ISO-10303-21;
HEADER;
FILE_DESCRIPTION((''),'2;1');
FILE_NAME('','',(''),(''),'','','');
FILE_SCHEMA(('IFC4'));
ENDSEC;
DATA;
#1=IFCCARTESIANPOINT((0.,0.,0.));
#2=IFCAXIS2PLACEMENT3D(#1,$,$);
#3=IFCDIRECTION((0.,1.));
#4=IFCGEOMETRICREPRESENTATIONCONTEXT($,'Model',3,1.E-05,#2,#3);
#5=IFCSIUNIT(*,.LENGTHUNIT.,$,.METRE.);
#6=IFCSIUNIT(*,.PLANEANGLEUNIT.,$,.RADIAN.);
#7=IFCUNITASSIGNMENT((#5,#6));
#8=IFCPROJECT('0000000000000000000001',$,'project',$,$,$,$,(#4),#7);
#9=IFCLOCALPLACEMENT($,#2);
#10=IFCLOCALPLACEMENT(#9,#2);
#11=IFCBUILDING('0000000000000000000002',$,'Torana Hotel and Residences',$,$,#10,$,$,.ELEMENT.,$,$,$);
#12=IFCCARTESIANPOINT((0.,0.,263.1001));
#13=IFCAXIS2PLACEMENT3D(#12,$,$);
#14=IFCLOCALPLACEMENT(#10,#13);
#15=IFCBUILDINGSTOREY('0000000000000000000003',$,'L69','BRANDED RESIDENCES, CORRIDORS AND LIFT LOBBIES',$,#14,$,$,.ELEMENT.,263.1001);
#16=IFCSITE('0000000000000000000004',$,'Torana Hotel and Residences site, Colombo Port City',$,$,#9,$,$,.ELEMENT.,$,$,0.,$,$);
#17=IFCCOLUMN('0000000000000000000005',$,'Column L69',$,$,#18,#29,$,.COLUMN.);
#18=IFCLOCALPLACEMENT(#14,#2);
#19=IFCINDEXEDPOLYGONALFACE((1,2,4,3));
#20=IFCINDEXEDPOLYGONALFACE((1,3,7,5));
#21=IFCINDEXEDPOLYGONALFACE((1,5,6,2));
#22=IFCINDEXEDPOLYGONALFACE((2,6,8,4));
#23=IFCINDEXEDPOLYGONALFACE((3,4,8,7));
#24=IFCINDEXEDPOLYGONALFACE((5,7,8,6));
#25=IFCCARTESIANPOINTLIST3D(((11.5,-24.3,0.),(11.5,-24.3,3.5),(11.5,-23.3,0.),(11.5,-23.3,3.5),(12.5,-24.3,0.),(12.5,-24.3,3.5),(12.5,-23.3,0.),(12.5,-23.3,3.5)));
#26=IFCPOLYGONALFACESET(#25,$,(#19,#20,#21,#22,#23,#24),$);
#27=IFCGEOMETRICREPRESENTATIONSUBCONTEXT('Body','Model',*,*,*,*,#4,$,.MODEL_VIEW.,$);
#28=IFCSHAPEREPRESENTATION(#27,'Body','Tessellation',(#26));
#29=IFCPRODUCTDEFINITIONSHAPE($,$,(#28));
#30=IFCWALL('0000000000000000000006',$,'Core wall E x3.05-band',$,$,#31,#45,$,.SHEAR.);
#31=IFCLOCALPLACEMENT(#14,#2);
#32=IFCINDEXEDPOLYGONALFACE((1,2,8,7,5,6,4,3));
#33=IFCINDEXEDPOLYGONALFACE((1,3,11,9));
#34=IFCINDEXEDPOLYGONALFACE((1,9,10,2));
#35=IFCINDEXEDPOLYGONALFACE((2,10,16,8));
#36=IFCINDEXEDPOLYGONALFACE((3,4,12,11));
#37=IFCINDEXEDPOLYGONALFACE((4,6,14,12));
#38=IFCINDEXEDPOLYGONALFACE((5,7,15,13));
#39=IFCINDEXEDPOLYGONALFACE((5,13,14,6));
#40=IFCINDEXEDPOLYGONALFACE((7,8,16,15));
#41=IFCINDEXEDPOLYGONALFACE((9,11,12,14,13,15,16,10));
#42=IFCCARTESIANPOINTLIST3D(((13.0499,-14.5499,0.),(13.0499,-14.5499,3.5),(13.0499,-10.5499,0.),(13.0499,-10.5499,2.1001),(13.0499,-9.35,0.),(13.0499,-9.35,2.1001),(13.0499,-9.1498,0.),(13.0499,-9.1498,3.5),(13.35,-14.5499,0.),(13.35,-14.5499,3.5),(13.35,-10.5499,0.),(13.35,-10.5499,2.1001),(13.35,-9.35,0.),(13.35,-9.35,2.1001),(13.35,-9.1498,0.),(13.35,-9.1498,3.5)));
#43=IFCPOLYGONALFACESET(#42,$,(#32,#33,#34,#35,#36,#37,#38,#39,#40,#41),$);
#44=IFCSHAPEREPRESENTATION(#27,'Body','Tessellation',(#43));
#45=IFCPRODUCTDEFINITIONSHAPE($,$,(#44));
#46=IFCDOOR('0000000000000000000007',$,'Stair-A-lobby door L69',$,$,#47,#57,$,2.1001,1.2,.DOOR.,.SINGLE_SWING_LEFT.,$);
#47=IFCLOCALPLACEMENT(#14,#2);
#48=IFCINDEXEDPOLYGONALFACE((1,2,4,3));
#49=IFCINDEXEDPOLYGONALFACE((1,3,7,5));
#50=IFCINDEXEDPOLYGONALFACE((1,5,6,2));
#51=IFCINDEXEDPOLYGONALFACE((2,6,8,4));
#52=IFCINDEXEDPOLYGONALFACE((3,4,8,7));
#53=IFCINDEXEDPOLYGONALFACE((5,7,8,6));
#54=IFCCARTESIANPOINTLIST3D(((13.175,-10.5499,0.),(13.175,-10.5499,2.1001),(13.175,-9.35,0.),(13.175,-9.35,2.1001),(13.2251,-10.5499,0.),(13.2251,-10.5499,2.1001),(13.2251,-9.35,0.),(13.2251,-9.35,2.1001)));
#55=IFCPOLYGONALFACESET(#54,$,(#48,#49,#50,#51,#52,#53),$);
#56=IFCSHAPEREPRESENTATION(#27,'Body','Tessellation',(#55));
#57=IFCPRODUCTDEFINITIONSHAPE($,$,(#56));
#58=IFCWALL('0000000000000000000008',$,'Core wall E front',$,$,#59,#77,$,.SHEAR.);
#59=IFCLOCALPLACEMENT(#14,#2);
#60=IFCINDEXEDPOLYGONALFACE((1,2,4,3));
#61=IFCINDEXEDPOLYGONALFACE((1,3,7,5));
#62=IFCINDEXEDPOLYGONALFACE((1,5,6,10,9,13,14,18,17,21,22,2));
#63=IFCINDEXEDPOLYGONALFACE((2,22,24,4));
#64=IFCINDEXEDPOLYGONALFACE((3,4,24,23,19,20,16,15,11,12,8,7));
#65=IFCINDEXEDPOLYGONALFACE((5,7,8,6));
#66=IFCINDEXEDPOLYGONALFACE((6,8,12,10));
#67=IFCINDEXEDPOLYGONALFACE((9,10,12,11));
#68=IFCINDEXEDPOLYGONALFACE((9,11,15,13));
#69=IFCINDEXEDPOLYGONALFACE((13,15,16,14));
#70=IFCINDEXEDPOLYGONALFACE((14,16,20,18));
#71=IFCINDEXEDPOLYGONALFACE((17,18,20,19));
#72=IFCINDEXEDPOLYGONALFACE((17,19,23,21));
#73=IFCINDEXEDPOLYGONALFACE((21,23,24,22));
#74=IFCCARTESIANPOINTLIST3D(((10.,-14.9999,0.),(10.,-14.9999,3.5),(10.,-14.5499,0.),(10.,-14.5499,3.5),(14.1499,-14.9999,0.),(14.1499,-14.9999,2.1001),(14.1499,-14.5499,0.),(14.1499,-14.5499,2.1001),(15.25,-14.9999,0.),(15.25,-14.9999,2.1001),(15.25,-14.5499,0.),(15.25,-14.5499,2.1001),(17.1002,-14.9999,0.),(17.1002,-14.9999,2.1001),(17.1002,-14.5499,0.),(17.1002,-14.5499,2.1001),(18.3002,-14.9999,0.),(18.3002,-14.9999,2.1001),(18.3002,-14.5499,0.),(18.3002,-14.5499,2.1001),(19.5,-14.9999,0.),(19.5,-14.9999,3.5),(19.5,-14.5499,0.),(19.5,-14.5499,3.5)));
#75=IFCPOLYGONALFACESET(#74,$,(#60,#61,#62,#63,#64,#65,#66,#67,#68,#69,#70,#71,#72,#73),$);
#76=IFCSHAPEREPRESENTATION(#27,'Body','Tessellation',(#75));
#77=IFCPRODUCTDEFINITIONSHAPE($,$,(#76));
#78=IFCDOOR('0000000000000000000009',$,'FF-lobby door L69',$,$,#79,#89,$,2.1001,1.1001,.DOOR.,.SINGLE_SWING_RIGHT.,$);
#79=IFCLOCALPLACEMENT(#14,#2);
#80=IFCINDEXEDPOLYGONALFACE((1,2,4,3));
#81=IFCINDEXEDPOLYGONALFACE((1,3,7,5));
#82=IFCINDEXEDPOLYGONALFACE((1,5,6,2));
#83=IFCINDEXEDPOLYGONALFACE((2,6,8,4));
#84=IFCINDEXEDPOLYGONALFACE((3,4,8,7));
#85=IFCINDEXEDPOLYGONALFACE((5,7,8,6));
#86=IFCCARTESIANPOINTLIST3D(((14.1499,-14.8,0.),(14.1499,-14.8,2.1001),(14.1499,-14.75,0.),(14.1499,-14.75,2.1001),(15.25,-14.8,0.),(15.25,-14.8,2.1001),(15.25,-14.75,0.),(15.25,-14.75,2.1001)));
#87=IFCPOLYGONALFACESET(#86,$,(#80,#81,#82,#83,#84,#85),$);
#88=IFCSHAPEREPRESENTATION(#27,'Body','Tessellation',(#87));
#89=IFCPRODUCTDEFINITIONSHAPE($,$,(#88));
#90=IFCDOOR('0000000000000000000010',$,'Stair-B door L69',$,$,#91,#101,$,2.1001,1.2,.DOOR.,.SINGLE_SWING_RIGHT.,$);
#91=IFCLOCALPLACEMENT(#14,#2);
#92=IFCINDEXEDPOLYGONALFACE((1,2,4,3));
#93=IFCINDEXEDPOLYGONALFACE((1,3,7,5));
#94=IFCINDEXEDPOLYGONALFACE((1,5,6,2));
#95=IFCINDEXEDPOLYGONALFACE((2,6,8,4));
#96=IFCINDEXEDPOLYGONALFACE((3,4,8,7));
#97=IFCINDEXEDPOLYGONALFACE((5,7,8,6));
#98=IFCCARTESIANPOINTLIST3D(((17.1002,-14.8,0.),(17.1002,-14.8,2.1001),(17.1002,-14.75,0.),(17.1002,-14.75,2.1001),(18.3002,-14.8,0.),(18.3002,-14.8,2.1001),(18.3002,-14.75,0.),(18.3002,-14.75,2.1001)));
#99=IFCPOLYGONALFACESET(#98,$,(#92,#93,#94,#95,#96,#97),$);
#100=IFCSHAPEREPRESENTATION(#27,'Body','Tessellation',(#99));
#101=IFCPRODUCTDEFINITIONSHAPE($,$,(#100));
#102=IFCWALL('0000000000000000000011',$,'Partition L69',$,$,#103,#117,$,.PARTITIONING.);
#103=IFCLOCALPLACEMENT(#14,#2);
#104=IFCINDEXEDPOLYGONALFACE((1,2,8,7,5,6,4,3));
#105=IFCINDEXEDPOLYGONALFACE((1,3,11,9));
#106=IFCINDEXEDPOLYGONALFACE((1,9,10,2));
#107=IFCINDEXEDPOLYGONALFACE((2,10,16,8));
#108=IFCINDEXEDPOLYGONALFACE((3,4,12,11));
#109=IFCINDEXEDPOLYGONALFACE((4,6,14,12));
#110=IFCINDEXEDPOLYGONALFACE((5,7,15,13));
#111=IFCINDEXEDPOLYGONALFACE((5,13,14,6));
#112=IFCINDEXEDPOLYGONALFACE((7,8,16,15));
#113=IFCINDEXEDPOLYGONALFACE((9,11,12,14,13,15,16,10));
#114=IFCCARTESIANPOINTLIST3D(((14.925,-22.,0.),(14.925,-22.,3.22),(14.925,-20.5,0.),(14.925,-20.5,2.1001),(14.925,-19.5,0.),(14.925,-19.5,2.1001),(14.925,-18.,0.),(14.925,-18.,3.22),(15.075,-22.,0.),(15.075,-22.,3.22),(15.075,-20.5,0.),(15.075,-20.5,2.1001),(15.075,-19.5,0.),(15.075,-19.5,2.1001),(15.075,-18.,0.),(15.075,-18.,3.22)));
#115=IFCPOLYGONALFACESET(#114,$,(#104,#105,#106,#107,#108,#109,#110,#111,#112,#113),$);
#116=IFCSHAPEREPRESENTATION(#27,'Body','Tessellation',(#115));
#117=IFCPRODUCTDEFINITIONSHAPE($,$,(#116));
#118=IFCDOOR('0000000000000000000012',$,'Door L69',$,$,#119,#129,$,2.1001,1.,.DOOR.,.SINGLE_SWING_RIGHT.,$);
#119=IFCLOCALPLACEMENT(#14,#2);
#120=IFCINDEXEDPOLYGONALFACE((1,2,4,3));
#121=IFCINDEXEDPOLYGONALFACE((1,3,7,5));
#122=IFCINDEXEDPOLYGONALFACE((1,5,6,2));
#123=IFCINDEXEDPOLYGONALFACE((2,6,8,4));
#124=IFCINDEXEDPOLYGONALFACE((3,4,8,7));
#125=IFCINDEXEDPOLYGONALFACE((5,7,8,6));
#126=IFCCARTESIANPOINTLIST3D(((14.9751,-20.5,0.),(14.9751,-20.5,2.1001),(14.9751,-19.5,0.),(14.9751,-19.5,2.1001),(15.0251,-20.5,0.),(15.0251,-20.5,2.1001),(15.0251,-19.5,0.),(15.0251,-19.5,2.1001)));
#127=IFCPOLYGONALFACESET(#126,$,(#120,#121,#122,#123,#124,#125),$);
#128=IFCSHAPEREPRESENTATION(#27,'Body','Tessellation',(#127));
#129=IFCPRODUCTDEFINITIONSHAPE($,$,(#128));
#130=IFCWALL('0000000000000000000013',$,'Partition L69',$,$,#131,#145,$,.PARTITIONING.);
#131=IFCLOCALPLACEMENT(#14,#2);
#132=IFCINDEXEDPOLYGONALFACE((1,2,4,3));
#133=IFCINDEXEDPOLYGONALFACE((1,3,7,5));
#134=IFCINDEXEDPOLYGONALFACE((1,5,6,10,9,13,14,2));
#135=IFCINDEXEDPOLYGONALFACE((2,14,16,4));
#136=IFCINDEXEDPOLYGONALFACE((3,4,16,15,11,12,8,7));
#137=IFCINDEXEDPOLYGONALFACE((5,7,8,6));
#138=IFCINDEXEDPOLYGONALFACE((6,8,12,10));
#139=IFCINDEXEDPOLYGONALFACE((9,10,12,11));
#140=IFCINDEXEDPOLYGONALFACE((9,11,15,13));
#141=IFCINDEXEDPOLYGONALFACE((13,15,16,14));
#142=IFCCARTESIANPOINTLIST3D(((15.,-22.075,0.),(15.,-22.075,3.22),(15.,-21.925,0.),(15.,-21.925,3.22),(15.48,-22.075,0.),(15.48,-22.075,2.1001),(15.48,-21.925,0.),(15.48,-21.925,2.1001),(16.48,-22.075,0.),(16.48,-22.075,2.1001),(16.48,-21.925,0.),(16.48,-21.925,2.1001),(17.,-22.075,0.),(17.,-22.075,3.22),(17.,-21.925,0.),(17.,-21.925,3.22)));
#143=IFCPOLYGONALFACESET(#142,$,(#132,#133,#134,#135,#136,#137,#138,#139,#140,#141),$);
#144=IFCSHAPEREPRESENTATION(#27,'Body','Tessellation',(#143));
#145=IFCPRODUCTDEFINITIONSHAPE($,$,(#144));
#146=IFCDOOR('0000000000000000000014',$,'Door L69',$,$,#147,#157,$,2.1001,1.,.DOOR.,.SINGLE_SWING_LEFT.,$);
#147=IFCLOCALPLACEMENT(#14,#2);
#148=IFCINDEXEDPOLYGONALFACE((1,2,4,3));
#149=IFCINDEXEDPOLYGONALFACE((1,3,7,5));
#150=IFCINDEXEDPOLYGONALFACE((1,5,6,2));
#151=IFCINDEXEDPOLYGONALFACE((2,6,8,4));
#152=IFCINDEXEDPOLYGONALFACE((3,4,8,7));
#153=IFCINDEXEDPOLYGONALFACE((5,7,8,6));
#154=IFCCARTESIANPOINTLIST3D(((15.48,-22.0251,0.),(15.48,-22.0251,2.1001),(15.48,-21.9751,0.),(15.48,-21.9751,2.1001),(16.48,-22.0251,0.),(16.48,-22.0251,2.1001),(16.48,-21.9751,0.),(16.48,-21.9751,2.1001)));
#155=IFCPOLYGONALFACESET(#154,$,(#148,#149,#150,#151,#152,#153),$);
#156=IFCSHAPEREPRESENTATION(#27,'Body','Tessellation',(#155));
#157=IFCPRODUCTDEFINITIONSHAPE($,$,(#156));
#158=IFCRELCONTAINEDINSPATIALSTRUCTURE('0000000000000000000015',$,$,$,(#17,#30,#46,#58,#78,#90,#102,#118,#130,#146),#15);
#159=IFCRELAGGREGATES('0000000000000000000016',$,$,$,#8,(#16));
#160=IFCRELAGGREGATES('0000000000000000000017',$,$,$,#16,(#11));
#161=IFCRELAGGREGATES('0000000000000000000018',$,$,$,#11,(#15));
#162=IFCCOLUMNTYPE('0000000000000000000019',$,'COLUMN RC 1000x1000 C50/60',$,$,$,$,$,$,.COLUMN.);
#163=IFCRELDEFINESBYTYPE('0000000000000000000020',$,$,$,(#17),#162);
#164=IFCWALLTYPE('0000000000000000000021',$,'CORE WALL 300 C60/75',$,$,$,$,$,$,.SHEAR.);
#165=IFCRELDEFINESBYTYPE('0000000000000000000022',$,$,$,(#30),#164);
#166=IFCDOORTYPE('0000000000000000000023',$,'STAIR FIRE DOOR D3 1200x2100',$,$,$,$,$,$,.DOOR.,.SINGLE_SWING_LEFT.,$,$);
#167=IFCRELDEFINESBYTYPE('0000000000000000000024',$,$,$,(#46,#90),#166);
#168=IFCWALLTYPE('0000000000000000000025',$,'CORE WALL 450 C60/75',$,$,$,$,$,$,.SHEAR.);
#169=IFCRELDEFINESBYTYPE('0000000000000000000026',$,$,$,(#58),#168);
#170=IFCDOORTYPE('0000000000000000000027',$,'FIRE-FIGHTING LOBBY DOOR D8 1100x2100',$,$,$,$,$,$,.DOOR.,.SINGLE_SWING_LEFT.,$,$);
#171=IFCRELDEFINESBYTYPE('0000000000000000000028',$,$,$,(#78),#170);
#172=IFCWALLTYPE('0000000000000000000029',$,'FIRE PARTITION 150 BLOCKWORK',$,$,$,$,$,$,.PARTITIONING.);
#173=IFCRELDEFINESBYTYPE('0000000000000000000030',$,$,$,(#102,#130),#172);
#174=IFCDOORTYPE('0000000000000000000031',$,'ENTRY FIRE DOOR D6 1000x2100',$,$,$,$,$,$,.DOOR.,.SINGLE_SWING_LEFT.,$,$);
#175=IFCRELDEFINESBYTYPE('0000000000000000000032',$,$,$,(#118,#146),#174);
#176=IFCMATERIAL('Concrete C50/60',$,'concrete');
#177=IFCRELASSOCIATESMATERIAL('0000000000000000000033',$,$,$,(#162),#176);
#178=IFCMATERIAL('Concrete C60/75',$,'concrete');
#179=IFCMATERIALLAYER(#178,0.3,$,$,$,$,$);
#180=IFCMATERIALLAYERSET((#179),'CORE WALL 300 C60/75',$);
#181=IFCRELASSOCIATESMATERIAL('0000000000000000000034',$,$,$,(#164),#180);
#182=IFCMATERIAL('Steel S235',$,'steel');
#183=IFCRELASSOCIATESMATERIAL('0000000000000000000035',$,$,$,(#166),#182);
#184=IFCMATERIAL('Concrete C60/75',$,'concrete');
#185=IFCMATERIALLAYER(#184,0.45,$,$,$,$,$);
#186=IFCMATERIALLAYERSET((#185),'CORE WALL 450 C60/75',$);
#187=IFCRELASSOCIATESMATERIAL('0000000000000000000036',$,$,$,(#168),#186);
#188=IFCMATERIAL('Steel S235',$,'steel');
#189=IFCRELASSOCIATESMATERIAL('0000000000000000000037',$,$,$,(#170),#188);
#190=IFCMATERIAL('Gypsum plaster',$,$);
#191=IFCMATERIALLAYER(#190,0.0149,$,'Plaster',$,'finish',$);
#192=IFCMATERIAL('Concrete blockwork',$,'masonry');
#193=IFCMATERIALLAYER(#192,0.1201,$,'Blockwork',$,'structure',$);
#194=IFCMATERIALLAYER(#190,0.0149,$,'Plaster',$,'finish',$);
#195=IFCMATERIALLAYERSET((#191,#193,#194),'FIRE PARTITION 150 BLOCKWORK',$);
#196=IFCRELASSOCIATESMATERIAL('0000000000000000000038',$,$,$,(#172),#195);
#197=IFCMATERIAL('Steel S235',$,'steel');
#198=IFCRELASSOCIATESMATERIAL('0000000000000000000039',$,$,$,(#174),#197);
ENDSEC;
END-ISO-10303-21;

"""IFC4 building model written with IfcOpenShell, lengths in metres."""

from ifc_helpers import new_model, si_unit, direction, frame, frame_2d, origin, origin_2d, place, context, subcontext, project, spatial, rectangle, extrude, material, layer, layer_set, material_profile, profile_set, type_object, element, fill, save


model = new_model("IFC4")

# Units and contexts
model_context = context("Model", 3, precision=1e-05, world=origin(), true_north=direction((0.0, 1.0)))
body_context = subcontext(model_context, "Body", "Model", "MODEL_VIEW")
ifc_project = project(units=[si_unit("LENGTHUNIT", "METRE"), si_unit("PLANEANGLEUNIT", "RADIAN")], contexts=[model_context])

# Site, building, storey
site_placement = place(None, origin())
site = spatial("IfcSite", under=ifc_project, at=site_placement, Name="Torana Hotel and Residences site, Colombo Port City", CompositionType="ELEMENT", RefElevation=0.0)
building_placement = place(site_placement, origin())
building = spatial("IfcBuilding", under=site, at=building_placement, Name="Torana Hotel and Residences", CompositionType="ELEMENT")
storey_placement = place(building_placement, frame((0.0, 0.0, 263.1001)))
storey = spatial("IfcBuildingStorey", under=building, at=storey_placement, Name="L69", Description="BRANDED RESIDENCES, CORRIDORS AND LIFT LOBBIES", CompositionType="ELEMENT", Elevation=263.1001)

# Column
ifc_material_1 = material(Name="Concrete C50/60", Category="concrete")
ifc_material_profile = material_profile(ifc_material_1, rectangle(XDim=1.0, YDim=1.0, at=origin_2d()), Name="RC 1000x1000")
ifc_profile_set = profile_set([ifc_material_profile], Name="Concrete C50/60")
column_type = type_object("IfcColumnType", Name="COLUMN RC 1000x1000 C50/60", PredefinedType="COLUMN", material=ifc_profile_set)
column_placement = place(storey_placement, frame((12.0, -23.8, 0.0), z_axis=(0.0, 0.0, 1.0), x_axis=(1.0, 0.0, 0.0)))
element("IfcColumn", 1, at=column_placement, inside=storey, type_object=column_type, Name="Column L69", PredefinedType="COLUMN", context=body_context, shape_type="SweptSolid", body=[
    extrude(rectangle(XDim=1.0, YDim=1.0, at=origin_2d()), origin(), (0.0, 0.0, 1.0), 3.5),
])

# Wall, opening, door
ifc_material_2 = material(Name="Concrete C60/75", Category="concrete")
ifc_layer_1 = layer(ifc_material_2, 0.3)
ifc_layer_set_1 = layer_set([ifc_layer_1], Name="CORE WALL 300 C60/75")
wall_type_1 = type_object("IfcWallType", Name="CORE WALL 300 C60/75", PredefinedType="SHEAR", material=ifc_layer_set_1)
wall_1_placement = place(storey_placement, frame((13.2, -14.55, 0.0), z_axis=(0.0, 0.0, 1.0), x_axis=(0.0, 1.0, 0.0)))
wall_1 = element("IfcWall", 2, at=wall_1_placement, inside=storey, type_object=wall_type_1, Name="Core wall E x3.05-band", PredefinedType="SHEAR", context=body_context, shape_type="SweptSolid", body=[
    extrude(rectangle(XDim=5.4001, YDim=0.3, at=frame_2d((2.7002, 0.0))), origin(), (0.0, 0.0, 1.0), 3.5),
])
opening_1_placement = place(wall_1_placement, frame((4.0, 0.0, 0.0)))
opening_1 = element("IfcOpeningElement", 3, at=opening_1_placement, cuts=wall_1, PredefinedType="OPENING", context=body_context, shape_type="SweptSolid", body=[
    extrude(rectangle(XDim=1.2, YDim=2.1001, at=frame_2d((0.6001, 1.05))), frame((0.0, 0.1599, 0.0), z_axis=(0.0, -1.0, 0.0), x_axis=(1.0, 0.0, 0.0)), (0.0, 0.0, 1.0), 0.3201),
])
ifc_material_3 = material(Name="Steel S235", Category="steel")
door_type_1 = type_object("IfcDoorType", Name="STAIR FIRE DOOR D3 1200x2100", OperationType="SINGLE_SWING_LEFT", PredefinedType="DOOR", material=ifc_material_3)
door_1_placement = place(opening_1_placement, origin())
door_1 = element("IfcDoor", 4, at=door_1_placement, inside=storey, type_object=door_type_1, Name="Stair-A-lobby door L69", OperationType="SINGLE_SWING_LEFT", OverallHeight=2.1001, OverallWidth=1.2, PredefinedType="DOOR", context=body_context, shape_type="SweptSolid", body=[
    extrude(rectangle(XDim=1.2, YDim=2.1001, at=frame_2d((0.6001, 1.05))), frame((0.0, 0.0249, 0.0), z_axis=(0.0, -1.0, 0.0), x_axis=(1.0, 0.0, 0.0)), (0.0, 0.0, 1.0), 0.05),
])
fill(opening_1, door_1)

# Wall, openings, doors
ifc_material_4 = material(Name="Concrete C60/75", Category="concrete")
ifc_layer_2 = layer(ifc_material_4, 0.45)
ifc_layer_set_2 = layer_set([ifc_layer_2], Name="CORE WALL 450 C60/75")
wall_type_2 = type_object("IfcWallType", Name="CORE WALL 450 C60/75", PredefinedType="SHEAR", material=ifc_layer_set_2)
wall_2_placement = place(storey_placement, frame((10.0, -14.7749, 0.0), z_axis=(0.0, 0.0, 1.0), x_axis=(1.0, 0.0, 0.0)))
wall_2 = element("IfcWall", 5, at=wall_2_placement, inside=storey, type_object=wall_type_2, Name="Core wall E front", PredefinedType="SHEAR", context=body_context, shape_type="SweptSolid", body=[
    extrude(rectangle(XDim=9.5, YDim=0.45, at=frame_2d((4.75, 0.0))), origin(), (0.0, 0.0, 1.0), 3.5),
])
opening_2_placement = place(wall_2_placement, frame((7.1001, 0.0, 0.0)))
opening_2 = element("IfcOpeningElement", 6, at=opening_2_placement, cuts=wall_2, PredefinedType="OPENING", context=body_context, shape_type="SweptSolid", body=[
    extrude(rectangle(XDim=1.2, YDim=2.1001, at=frame_2d((0.6001, 1.05))), frame((0.0, 0.2349, 0.0), z_axis=(0.0, -1.0, 0.0), x_axis=(1.0, 0.0, 0.0)), (0.0, 0.0, 1.0), 0.47),
])
opening_3_placement = place(wall_2_placement, frame((4.1499, 0.0, 0.0)))
opening_3 = element("IfcOpeningElement", 7, at=opening_3_placement, cuts=wall_2, PredefinedType="OPENING", context=body_context, shape_type="SweptSolid", body=[
    extrude(rectangle(XDim=1.1001, YDim=2.1001, at=frame_2d((0.55, 1.05))), frame((0.0, 0.2349, 0.0), z_axis=(0.0, -1.0, 0.0), x_axis=(1.0, 0.0, 0.0)), (0.0, 0.0, 1.0), 0.47),
])
ifc_material_5 = material(Name="Steel S235", Category="steel")
door_type_2 = type_object("IfcDoorType", Name="FIRE-FIGHTING LOBBY DOOR D8 1100x2100", OperationType="SINGLE_SWING_LEFT", PredefinedType="DOOR", material=ifc_material_5)
door_2_placement = place(opening_3_placement, origin())
door_2 = element("IfcDoor", 8, at=door_2_placement, inside=storey, type_object=door_type_2, Name="FF-lobby door L69", OperationType="SINGLE_SWING_RIGHT", OverallHeight=2.1001, OverallWidth=1.1001, PredefinedType="DOOR", context=body_context, shape_type="SweptSolid", body=[
    extrude(rectangle(XDim=1.1001, YDim=2.1001, at=frame_2d((0.55, 1.05))), frame((0.0, 0.0249, 0.0), z_axis=(0.0, -1.0, 0.0), x_axis=(1.0, 0.0, 0.0)), (0.0, 0.0, 1.0), 0.05),
])
fill(opening_3, door_2)
door_3_placement = place(opening_2_placement, origin())
door_3 = element("IfcDoor", 9, at=door_3_placement, inside=storey, type_object=door_type_1, Name="Stair-B door L69", OperationType="SINGLE_SWING_RIGHT", OverallHeight=2.1001, OverallWidth=1.2, PredefinedType="DOOR", context=body_context, shape_type="SweptSolid", body=[
    extrude(rectangle(XDim=1.2, YDim=2.1001, at=frame_2d((0.6001, 1.05))), frame((0.0, 0.0249, 0.0), z_axis=(0.0, -1.0, 0.0), x_axis=(1.0, 0.0, 0.0)), (0.0, 0.0, 1.0), 0.05),
])
fill(opening_2, door_3)

# Walls, openings, doors
ifc_material_6 = material(Name="Gypsum plaster")
ifc_layer_3 = layer(ifc_material_6, 0.0149, Name="Plaster", Category="finish")
ifc_material_7 = material(Name="Concrete blockwork", Category="masonry")
ifc_layer_4 = layer(ifc_material_7, 0.1201, Name="Blockwork", Category="structure")
ifc_layer_5 = layer(ifc_material_6, 0.0149, Name="Plaster", Category="finish")
ifc_layer_set_3 = layer_set([ifc_layer_3, ifc_layer_4, ifc_layer_5], Name="FIRE PARTITION 150 BLOCKWORK")
wall_type_3 = type_object("IfcWallType", Name="FIRE PARTITION 150 BLOCKWORK", PredefinedType="PARTITIONING", material=ifc_layer_set_3)
wall_3_placement = place(storey_placement, frame((15.0, -22.0, 0.0), z_axis=(0.0, 0.0, 1.0), x_axis=(0.0, 1.0, 0.0)))
wall_3 = element("IfcWall", 10, at=wall_3_placement, inside=storey, type_object=wall_type_3, Name="Partition L69", PredefinedType="PARTITIONING", context=body_context, shape_type="SweptSolid", body=[
    extrude(rectangle(XDim=4.0, YDim=0.1499, at=frame_2d((2.0, 0.0))), origin(), (0.0, 0.0, 1.0), 3.22),
])
opening_4_placement = place(wall_3_placement, frame((1.5, 0.0, 0.0)))
opening_4 = element("IfcOpeningElement", 11, at=opening_4_placement, cuts=wall_3, PredefinedType="OPENING", context=body_context, shape_type="SweptSolid", body=[
    extrude(rectangle(XDim=1.0, YDim=2.1001, at=frame_2d((0.5, 1.05))), frame((0.0, 0.085, 0.0), z_axis=(0.0, -1.0, 0.0), x_axis=(1.0, 0.0, 0.0)), (0.0, 0.0, 1.0), 0.1699),
])
ifc_material_8 = material(Name="Steel S235", Category="steel")
door_type_3 = type_object("IfcDoorType", Name="ENTRY FIRE DOOR D6 1000x2100", OperationType="SINGLE_SWING_LEFT", PredefinedType="DOOR", material=ifc_material_8)
door_4_placement = place(opening_4_placement, origin())
door_4 = element("IfcDoor", 12, at=door_4_placement, inside=storey, type_object=door_type_3, Name="Door L69", OperationType="SINGLE_SWING_RIGHT", OverallHeight=2.1001, OverallWidth=1.0, PredefinedType="DOOR", context=body_context, shape_type="SweptSolid", body=[
    extrude(rectangle(XDim=1.0, YDim=2.1001, at=frame_2d((0.5, 1.05))), frame((0.0, 0.0249, 0.0), z_axis=(0.0, -1.0, 0.0), x_axis=(1.0, 0.0, 0.0)), (0.0, 0.0, 1.0), 0.05),
])
fill(opening_4, door_4)
wall_4_placement = place(storey_placement, frame((15.0, -22.0, 0.0), z_axis=(0.0, 0.0, 1.0), x_axis=(1.0, 0.0, 0.0)))
wall_4 = element("IfcWall", 13, at=wall_4_placement, inside=storey, type_object=wall_type_3, Name="Partition L69", PredefinedType="PARTITIONING", context=body_context, shape_type="SweptSolid", body=[
    extrude(rectangle(XDim=2.0, YDim=0.1499, at=frame_2d((1.0, 0.0))), origin(), (0.0, 0.0, 1.0), 3.22),
])
opening_5_placement = place(wall_4_placement, frame((0.48, 0.0, 0.0)))
opening_5 = element("IfcOpeningElement", 14, at=opening_5_placement, cuts=wall_4, PredefinedType="OPENING", context=body_context, shape_type="SweptSolid", body=[
    extrude(rectangle(XDim=1.0, YDim=2.1001, at=frame_2d((0.5, 1.05))), frame((0.0, 0.085, 0.0), z_axis=(0.0, -1.0, 0.0), x_axis=(1.0, 0.0, 0.0)), (0.0, 0.0, 1.0), 0.1699),
])
door_5_placement = place(opening_5_placement, frame((0.5, 0.0, 0.0), z_axis=(0.0, 0.0, 1.0), x_axis=(-1.0, 0.0, 0.0)))
door_5 = element("IfcDoor", 15, at=door_5_placement, inside=storey, type_object=door_type_3, Name="Door L69", OperationType="SINGLE_SWING_LEFT", OverallHeight=2.1001, OverallWidth=1.0, PredefinedType="DOOR", context=body_context, shape_type="SweptSolid", body=[
    extrude(rectangle(XDim=1.0, YDim=2.1001, at=frame_2d((0.0, 1.05))), frame((0.0, -0.0249, 0.0), z_axis=(0.0, 1.0, 0.0), x_axis=(-1.0, 0.0, 0.0)), (0.0, 0.0, 1.0), 0.05),
])
fill(opening_5, door_5)

save(model, "model.ifc")
